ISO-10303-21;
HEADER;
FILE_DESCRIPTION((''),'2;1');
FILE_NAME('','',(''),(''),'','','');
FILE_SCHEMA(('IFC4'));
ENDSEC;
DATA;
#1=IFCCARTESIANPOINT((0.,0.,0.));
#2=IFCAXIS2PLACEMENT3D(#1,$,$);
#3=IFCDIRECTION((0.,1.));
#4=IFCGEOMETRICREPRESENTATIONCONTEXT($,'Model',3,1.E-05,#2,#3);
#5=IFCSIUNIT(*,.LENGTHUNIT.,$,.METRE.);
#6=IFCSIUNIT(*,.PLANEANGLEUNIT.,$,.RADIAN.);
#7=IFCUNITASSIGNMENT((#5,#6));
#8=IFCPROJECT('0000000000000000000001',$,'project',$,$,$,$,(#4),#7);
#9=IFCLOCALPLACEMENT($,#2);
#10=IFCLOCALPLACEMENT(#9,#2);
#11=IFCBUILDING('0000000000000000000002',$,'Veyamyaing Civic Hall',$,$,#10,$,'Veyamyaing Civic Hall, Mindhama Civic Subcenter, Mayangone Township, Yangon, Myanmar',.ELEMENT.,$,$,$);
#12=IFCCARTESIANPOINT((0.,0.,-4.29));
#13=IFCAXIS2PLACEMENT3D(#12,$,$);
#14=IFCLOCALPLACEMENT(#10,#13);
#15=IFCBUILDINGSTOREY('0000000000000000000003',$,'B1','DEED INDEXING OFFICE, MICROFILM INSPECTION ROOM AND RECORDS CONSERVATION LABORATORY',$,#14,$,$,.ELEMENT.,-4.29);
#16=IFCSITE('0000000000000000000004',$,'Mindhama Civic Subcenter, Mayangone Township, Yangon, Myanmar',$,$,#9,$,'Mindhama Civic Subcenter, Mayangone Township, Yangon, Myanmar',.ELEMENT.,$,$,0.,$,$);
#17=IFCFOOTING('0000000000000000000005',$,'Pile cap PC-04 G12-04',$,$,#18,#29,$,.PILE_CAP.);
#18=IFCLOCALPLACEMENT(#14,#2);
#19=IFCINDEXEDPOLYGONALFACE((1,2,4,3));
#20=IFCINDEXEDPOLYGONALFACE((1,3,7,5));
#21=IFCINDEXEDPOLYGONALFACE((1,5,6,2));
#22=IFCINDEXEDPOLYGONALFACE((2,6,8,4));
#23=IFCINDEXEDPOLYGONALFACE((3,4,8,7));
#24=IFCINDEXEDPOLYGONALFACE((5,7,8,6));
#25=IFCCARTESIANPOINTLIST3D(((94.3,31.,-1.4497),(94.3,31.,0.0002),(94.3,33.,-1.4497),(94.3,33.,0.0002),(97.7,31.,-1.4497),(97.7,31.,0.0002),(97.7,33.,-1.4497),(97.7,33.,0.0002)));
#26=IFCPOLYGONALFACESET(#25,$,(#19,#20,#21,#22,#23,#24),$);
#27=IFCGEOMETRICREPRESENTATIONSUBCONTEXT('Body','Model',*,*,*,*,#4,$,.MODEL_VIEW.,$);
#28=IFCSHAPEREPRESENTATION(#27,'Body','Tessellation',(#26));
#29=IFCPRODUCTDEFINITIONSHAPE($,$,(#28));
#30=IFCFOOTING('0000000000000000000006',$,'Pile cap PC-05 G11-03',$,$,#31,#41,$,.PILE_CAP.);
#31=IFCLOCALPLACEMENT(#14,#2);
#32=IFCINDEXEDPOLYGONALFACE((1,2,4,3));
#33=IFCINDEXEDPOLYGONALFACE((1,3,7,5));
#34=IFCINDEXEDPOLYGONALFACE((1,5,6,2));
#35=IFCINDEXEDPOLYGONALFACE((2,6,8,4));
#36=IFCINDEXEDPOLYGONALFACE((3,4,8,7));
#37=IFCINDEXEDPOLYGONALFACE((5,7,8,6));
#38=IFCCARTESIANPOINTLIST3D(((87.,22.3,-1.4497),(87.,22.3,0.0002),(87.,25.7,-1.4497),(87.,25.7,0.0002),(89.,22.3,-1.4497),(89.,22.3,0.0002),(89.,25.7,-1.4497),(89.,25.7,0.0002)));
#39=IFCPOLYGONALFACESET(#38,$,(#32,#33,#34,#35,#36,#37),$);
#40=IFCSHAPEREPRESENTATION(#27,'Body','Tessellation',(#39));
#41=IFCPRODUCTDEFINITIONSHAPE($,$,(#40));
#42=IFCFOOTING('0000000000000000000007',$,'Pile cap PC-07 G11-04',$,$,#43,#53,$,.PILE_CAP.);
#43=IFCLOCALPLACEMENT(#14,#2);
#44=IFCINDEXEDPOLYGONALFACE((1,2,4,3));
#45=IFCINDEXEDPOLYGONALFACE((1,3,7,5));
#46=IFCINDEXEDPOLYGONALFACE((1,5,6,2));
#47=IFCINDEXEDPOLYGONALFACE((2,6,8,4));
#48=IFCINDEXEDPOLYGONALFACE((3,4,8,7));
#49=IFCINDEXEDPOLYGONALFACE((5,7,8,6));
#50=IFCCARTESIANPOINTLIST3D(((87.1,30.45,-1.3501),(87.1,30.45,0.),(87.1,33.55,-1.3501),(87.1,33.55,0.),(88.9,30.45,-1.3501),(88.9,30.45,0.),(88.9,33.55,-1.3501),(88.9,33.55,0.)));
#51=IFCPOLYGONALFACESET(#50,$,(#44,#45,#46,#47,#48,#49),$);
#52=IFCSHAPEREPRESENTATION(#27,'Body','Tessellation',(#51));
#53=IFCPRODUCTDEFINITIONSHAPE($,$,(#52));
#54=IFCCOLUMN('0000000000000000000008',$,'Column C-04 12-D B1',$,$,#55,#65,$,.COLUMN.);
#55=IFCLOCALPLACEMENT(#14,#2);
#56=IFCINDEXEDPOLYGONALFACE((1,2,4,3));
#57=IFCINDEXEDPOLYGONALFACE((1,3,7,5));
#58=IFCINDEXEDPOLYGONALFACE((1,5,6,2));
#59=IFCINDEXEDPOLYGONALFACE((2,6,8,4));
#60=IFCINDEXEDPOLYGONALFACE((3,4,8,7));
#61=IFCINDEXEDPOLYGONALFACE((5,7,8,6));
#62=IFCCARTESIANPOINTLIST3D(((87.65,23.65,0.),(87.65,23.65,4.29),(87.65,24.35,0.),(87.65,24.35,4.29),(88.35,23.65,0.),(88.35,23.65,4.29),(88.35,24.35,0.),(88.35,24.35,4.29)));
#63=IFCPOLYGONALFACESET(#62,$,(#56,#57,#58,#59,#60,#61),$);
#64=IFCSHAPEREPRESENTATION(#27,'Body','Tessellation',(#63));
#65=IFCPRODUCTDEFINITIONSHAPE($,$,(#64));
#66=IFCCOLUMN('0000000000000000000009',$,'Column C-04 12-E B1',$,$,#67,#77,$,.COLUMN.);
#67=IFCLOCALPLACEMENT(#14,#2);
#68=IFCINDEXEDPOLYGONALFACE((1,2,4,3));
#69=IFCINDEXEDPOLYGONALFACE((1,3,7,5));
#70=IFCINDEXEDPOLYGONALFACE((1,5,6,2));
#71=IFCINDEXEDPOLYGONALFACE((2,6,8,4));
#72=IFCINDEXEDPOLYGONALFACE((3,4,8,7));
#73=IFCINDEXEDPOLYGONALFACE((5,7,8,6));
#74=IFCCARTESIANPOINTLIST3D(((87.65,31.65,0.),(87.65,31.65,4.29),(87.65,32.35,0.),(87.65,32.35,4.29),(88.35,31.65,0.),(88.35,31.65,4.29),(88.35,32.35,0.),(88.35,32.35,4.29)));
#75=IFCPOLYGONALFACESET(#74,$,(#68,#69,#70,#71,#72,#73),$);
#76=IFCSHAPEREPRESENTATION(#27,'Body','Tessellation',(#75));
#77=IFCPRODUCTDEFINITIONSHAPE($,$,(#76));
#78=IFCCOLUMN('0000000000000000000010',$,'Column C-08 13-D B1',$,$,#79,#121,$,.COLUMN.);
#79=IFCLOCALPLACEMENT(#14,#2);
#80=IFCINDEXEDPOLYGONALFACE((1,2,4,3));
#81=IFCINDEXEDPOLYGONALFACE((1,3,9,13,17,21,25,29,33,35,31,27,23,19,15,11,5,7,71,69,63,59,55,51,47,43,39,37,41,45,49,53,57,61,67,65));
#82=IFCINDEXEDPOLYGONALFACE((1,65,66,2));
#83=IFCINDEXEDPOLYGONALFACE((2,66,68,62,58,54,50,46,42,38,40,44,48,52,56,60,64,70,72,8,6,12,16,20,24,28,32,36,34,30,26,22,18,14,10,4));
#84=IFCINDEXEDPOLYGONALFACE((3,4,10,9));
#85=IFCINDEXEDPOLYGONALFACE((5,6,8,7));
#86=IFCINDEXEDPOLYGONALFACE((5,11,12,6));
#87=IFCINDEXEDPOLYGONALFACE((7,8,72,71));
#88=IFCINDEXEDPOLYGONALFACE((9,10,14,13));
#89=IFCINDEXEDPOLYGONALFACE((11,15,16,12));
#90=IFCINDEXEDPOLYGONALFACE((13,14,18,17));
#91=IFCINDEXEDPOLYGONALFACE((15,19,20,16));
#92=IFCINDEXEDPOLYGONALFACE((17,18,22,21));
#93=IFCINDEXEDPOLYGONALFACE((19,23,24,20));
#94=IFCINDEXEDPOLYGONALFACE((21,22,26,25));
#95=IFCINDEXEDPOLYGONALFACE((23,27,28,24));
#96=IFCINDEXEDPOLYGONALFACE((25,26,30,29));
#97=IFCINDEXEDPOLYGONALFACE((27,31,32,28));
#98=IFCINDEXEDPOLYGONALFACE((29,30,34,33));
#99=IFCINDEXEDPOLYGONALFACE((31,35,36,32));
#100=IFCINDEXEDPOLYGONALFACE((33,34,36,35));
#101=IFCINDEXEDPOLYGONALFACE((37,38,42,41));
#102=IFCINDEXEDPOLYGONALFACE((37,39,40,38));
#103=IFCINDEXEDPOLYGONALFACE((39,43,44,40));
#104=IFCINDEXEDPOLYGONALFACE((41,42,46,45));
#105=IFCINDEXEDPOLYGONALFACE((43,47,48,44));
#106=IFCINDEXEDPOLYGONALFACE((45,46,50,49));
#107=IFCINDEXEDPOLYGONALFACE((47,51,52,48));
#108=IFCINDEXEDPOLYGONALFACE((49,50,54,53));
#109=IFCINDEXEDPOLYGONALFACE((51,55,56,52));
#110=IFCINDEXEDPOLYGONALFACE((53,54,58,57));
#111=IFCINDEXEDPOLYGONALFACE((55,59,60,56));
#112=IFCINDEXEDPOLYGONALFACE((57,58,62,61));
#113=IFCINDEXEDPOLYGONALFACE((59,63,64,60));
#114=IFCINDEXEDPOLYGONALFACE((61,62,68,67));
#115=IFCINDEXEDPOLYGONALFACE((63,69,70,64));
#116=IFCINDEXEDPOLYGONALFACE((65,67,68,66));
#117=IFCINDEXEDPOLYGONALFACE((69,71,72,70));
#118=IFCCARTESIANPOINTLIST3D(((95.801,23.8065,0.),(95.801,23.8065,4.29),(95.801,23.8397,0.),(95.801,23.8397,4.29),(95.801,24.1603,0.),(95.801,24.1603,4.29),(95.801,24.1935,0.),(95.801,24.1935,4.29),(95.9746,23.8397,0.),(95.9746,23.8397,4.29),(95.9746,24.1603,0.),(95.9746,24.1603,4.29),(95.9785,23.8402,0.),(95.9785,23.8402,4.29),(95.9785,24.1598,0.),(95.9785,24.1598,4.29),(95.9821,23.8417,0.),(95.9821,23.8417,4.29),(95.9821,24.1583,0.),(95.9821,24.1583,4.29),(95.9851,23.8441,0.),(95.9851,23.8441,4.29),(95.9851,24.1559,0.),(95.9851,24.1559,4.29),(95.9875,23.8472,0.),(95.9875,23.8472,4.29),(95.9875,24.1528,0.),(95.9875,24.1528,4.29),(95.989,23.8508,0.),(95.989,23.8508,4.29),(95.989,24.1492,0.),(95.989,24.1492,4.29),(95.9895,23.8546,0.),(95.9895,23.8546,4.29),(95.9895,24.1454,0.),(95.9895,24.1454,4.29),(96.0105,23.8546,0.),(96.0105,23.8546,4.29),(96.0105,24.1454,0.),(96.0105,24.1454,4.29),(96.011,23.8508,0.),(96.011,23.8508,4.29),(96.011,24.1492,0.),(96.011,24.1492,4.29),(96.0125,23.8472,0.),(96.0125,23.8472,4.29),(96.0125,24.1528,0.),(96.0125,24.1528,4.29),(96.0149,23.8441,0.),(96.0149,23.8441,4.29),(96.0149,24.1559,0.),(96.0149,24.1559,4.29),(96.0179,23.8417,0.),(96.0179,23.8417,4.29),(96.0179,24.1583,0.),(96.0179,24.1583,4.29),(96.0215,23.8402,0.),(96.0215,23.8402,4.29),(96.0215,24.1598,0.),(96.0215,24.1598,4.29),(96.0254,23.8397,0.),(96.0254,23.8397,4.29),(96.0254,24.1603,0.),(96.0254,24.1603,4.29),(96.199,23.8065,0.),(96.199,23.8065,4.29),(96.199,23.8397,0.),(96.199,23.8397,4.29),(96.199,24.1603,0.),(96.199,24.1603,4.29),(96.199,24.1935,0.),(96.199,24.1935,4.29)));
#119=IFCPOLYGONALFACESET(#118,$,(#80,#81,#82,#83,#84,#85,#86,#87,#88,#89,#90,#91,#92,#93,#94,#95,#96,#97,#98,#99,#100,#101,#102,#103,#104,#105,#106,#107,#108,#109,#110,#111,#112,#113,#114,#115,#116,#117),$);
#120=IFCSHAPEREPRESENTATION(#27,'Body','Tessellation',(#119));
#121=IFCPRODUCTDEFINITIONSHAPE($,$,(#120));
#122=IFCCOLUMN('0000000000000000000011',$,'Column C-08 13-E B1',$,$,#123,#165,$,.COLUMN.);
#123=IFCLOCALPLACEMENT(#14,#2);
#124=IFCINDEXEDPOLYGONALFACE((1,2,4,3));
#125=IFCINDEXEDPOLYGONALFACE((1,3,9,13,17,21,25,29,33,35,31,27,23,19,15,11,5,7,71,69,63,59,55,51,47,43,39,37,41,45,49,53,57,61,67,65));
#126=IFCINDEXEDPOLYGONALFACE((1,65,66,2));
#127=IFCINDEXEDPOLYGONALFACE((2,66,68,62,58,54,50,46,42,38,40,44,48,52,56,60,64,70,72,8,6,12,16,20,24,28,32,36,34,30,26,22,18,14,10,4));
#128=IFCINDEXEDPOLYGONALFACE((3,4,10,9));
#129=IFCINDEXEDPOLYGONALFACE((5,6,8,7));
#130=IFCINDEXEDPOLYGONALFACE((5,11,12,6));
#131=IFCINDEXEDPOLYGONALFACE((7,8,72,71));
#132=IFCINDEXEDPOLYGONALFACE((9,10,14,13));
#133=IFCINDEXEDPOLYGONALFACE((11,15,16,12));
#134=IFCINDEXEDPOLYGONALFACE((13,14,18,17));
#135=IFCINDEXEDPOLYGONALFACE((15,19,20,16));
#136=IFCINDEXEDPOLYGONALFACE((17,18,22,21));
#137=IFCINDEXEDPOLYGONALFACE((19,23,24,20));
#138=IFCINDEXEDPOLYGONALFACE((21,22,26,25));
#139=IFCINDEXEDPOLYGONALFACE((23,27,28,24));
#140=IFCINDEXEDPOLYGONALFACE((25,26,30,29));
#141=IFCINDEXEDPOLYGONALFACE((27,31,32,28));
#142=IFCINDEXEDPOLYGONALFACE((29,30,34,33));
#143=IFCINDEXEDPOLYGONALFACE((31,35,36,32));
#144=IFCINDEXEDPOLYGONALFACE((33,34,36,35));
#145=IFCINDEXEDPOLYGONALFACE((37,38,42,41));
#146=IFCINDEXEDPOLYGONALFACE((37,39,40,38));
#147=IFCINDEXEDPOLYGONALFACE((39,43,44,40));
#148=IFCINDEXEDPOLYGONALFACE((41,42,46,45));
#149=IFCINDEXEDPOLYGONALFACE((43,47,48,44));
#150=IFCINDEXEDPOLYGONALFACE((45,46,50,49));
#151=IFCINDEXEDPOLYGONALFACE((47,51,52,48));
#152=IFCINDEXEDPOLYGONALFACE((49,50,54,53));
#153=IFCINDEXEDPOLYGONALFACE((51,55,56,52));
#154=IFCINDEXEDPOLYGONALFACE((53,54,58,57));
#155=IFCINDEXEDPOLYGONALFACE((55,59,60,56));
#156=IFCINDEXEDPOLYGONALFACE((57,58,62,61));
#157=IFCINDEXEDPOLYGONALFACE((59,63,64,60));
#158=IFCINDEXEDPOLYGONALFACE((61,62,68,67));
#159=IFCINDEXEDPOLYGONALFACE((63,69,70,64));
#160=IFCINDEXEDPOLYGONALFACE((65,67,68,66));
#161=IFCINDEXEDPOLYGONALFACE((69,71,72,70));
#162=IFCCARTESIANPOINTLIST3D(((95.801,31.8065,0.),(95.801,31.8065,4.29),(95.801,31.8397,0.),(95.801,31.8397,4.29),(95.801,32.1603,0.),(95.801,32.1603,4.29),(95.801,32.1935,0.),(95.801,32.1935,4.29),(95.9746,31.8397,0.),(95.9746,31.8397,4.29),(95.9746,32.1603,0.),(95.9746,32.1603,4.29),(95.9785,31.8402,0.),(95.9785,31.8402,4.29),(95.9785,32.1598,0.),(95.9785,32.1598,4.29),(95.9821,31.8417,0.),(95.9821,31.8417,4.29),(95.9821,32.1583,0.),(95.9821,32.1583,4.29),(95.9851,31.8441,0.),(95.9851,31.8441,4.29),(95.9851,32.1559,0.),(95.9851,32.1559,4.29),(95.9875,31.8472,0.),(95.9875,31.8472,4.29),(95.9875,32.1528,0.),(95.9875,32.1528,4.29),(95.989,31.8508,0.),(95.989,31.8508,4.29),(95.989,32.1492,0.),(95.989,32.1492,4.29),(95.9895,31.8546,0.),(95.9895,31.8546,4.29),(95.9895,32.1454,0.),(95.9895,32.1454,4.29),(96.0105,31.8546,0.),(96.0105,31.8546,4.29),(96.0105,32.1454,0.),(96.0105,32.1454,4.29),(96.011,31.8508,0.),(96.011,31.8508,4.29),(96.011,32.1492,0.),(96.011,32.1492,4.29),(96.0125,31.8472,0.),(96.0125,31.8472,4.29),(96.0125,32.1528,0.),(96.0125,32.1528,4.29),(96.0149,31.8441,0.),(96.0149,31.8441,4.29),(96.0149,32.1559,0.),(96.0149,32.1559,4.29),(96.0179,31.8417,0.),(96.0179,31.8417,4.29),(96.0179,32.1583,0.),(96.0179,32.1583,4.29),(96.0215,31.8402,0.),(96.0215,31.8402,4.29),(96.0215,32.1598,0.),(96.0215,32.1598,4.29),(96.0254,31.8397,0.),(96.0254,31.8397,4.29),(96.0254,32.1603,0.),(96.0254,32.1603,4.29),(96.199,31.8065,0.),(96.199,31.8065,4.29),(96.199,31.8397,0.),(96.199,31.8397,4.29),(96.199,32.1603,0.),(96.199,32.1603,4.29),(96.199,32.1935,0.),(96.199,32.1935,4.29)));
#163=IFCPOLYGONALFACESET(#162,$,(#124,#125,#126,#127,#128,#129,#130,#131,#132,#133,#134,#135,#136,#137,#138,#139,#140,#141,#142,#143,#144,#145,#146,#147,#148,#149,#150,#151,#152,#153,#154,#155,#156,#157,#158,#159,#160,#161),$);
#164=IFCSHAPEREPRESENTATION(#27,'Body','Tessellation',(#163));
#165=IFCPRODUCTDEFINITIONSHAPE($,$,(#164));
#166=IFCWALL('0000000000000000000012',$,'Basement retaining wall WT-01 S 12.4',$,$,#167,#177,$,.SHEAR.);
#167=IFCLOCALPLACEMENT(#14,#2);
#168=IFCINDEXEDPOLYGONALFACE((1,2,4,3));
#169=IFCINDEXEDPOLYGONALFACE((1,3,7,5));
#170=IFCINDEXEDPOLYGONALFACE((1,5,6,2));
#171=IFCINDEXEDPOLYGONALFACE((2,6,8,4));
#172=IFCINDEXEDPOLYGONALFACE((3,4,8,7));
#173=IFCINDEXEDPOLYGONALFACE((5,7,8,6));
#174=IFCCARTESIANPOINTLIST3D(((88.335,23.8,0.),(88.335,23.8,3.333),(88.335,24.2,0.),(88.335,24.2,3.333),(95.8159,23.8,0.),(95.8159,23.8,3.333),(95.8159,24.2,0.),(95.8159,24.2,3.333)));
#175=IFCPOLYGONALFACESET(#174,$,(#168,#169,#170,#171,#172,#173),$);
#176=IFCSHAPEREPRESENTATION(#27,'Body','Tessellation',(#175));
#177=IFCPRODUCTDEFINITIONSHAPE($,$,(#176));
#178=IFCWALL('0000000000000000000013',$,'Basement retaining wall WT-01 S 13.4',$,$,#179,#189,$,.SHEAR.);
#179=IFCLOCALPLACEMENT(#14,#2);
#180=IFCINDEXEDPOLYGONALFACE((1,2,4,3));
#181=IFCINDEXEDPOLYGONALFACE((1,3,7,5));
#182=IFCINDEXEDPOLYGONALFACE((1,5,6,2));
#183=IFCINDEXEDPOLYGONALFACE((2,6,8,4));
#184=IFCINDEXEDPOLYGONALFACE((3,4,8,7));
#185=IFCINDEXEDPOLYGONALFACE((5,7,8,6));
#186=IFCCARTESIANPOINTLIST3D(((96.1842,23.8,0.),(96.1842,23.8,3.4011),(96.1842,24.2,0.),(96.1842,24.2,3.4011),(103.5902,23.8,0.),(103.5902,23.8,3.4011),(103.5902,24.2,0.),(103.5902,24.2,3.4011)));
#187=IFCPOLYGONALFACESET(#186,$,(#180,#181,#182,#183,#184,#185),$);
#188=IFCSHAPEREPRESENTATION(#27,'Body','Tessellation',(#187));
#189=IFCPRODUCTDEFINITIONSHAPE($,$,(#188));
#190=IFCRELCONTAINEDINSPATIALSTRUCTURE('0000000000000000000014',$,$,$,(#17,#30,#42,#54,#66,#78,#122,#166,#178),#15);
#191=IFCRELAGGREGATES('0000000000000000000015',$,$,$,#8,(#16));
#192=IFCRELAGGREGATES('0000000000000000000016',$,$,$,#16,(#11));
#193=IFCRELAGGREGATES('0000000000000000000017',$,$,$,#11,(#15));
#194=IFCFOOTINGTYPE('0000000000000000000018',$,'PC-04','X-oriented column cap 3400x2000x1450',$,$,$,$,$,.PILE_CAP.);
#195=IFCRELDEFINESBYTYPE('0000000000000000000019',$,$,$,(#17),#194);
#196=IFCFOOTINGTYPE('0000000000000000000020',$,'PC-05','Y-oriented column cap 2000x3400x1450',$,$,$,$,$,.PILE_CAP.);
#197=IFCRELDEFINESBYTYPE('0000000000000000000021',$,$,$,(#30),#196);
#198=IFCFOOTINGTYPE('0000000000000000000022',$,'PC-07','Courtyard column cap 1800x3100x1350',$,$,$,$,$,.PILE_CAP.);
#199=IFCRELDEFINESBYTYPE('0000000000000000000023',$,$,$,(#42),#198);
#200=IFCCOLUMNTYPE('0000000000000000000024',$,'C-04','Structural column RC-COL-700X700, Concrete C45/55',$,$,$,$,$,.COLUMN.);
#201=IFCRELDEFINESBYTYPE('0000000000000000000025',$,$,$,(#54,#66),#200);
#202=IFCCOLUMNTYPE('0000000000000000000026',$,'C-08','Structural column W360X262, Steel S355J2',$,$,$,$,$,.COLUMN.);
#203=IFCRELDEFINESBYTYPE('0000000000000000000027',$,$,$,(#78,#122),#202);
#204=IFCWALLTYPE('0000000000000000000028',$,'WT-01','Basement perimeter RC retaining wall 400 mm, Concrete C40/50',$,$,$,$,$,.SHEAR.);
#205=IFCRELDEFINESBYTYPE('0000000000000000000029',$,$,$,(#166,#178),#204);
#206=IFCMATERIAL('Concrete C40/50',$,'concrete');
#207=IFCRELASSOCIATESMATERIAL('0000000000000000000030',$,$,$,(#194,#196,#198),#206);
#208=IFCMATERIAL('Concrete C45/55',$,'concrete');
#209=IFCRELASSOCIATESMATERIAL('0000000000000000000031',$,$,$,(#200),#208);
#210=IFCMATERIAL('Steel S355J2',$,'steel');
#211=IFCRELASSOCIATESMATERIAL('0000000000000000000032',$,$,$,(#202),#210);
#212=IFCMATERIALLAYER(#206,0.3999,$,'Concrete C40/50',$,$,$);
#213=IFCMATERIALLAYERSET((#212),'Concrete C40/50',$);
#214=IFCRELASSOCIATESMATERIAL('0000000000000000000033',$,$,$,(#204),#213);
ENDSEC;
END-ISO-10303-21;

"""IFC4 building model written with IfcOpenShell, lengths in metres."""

from ifc_helpers import new_model, si_unit, direction, frame, frame_2d, origin, origin_2d, place, context, subcontext, project, spatial, rectangle, i_section, extrude, material, layer, layer_set, material_profile, profile_set, type_object, element, save


model = new_model("IFC4")

# Units and contexts
model_context = context("Model", 3, precision=1e-05, world=origin(), true_north=direction((0.0, 1.0)))
body_context = subcontext(model_context, "Body", "Model", "MODEL_VIEW")
ifc_project = project(units=[si_unit("LENGTHUNIT", "METRE"), si_unit("PLANEANGLEUNIT", "RADIAN")], contexts=[model_context])

# Site, building, storey
site_placement = place(None, origin())
site = spatial("IfcSite", under=ifc_project, at=site_placement, Name="Mindhama Civic Subcenter, Mayangone Township, Yangon, Myanmar", LongName="Mindhama Civic Subcenter, Mayangone Township, Yangon, Myanmar", CompositionType="ELEMENT", RefElevation=0.0)
building_placement = place(site_placement, origin())
building = spatial("IfcBuilding", under=site, at=building_placement, Name="Veyamyaing Civic Hall", LongName="Veyamyaing Civic Hall, Mindhama Civic Subcenter, Mayangone Township, Yangon, Myanmar", CompositionType="ELEMENT")
storey_placement = place(building_placement, frame((0.0, 0.0, -4.29)))
storey = spatial("IfcBuildingStorey", under=building, at=storey_placement, Name="B1", Description="DEED INDEXING OFFICE, MICROFILM INSPECTION ROOM AND RECORDS CONSERVATION LABORATORY", CompositionType="ELEMENT", Elevation=-4.29)

# Shared definitions
ifc_material_1 = material(Name="Concrete C40/50", Category="concrete")

# Footings
footing_type_1 = type_object("IfcFootingType", Name="PC-04", Description="X-oriented column cap 3400x2000x1450", PredefinedType="PILE_CAP", material=ifc_material_1)
footing_1_placement = place(storey_placement, frame((96.0, 32.0, -1.4497), z_axis=(0.0, 0.0, 1.0), x_axis=(1.0, 0.0, 0.0)))
element("IfcFooting", 1, at=footing_1_placement, inside=storey, type_object=footing_type_1, Name="Pile cap PC-04 G12-04", PredefinedType="PILE_CAP", context=body_context, shape_type="SweptSolid", body=[
    extrude(rectangle(XDim=3.3999, YDim=2.0, at=origin_2d()), origin(), (0.0, 0.0, 1.0), 1.45),
])
footing_type_2 = type_object("IfcFootingType", Name="PC-05", Description="Y-oriented column cap 2000x3400x1450", PredefinedType="PILE_CAP", material=ifc_material_1)
footing_2_placement = place(storey_placement, frame((88.0, 24.0, -1.4497), z_axis=(0.0, 0.0, 1.0), x_axis=(1.0, 0.0, 0.0)))
element("IfcFooting", 2, at=footing_2_placement, inside=storey, type_object=footing_type_2, Name="Pile cap PC-05 G11-03", PredefinedType="PILE_CAP", context=body_context, shape_type="SweptSolid", body=[
    extrude(rectangle(XDim=2.0, YDim=3.3999, at=origin_2d()), origin(), (0.0, 0.0, 1.0), 1.45),
])
footing_type_3 = type_object("IfcFootingType", Name="PC-07", Description="Courtyard column cap 1800x3100x1350", PredefinedType="PILE_CAP", material=ifc_material_1)
footing_3_placement = place(storey_placement, frame((88.0, 32.0, -1.3501), z_axis=(0.0, 0.0, 1.0), x_axis=(1.0, 0.0, 0.0)))
element("IfcFooting", 3, at=footing_3_placement, inside=storey, type_object=footing_type_3, Name="Pile cap PC-07 G11-04", PredefinedType="PILE_CAP", context=body_context, shape_type="SweptSolid", body=[
    extrude(rectangle(XDim=1.8, YDim=3.1001, at=origin_2d()), origin(), (0.0, 0.0, 1.0), 1.3501),
])

# Columns
ifc_material_2 = material(Name="Concrete C45/55", Category="concrete")
ifc_material_profile_1 = material_profile(ifc_material_2, rectangle(XDim=0.7, YDim=0.7, at=origin_2d()), Name="RC-COL-700X700")
ifc_profile_set_1 = profile_set([ifc_material_profile_1], Name="Concrete C45/55")
column_type_1 = type_object("IfcColumnType", Name="C-04", Description="Structural column RC-COL-700X700, Concrete C45/55", PredefinedType="COLUMN", material=ifc_profile_set_1)
for number, where, z_axis, x_axis, name in (
    (4, (88.0, 24.0, 0.0), (0.0, 0.0, 1.0), (1.0, 0.0, 0.0), "Column C-04 12-D B1"),
    (5, (88.0, 32.0, 0.0), (0.0, 0.0, 1.0), (1.0, 0.0, 0.0), "Column C-04 12-E B1"),
):
    element("IfcColumn", number, at=place(storey_placement, frame(where, z_axis=z_axis, x_axis=x_axis)), inside=storey, type_object=column_type_1, Name=name, PredefinedType="COLUMN", context=body_context, shape_type="SweptSolid", body=[
        extrude(rectangle(XDim=0.7, YDim=0.7, at=origin_2d()), origin(), (0.0, 0.0, 1.0), 4.29),
    ])
ifc_material_3 = material(Name="Steel S355J2", Category="steel")
ifc_material_profile_2 = material_profile(ifc_material_3, i_section(OverallWidth=0.3979, OverallDepth=0.387, WebThickness=0.021, FlangeThickness=0.0332, FilletRadius=0.0149, at=origin_2d()), Name="W360X262")
ifc_profile_set_2 = profile_set([ifc_material_profile_2], Name="Steel S355J2")
column_type_2 = type_object("IfcColumnType", Name="C-08", Description="Structural column W360X262, Steel S355J2", PredefinedType="COLUMN", material=ifc_profile_set_2)
for number, where, z_axis, x_axis, name in (
    (6, (96.0, 24.0, 0.0), (0.0, 0.0, 1.0), (1.0, 0.0, 0.0), "Column C-08 13-D B1"),
    (7, (96.0, 32.0, 0.0), (0.0, 0.0, 1.0), (1.0, 0.0, 0.0), "Column C-08 13-E B1"),
):
    element("IfcColumn", number, at=place(storey_placement, frame(where, z_axis=z_axis, x_axis=x_axis)), inside=storey, type_object=column_type_2, Name=name, PredefinedType="COLUMN", context=body_context, shape_type="SweptSolid", body=[
        extrude(i_section(OverallWidth=0.3979, OverallDepth=0.387, WebThickness=0.021, FlangeThickness=0.0332, FilletRadius=0.0149, at=origin_2d()), origin(), (0.0, 0.0, 1.0), 4.29),
    ])

# Walls
ifc_layer_1 = layer(ifc_material_1, 0.3999, Name="Concrete C40/50")
ifc_layer_set_1 = layer_set([ifc_layer_1], Name="Concrete C40/50")
wall_type_1 = type_object("IfcWallType", Name="WT-01", Description="Basement perimeter RC retaining wall 400 mm, Concrete C40/50", PredefinedType="SHEAR", material=ifc_layer_set_1)
wall_1_placement = place(storey_placement, frame((88.335, 24.0, 0.0), z_axis=(0.0, 0.0, 1.0), x_axis=(1.0, 0.0, 0.0)))
element("IfcWall", 8, at=wall_1_placement, inside=storey, type_object=wall_type_1, Name="Basement retaining wall WT-01 S 12.4", PredefinedType="SHEAR", context=body_context, shape_type="SweptSolid", body=[
    extrude(rectangle(XDim=7.481, YDim=0.3999, at=frame_2d((3.7405, 0.0))), origin(), (0.0, 0.0, 1.0), 3.333),
])
wall_2_placement = place(storey_placement, frame((96.1841, 24.0, 0.0), z_axis=(0.0, 0.0, 1.0), x_axis=(1.0, 0.0, 0.0)))
element("IfcWall", 9, at=wall_2_placement, inside=storey, type_object=wall_type_1, Name="Basement retaining wall WT-01 S 13.4", PredefinedType="SHEAR", context=body_context, shape_type="SweptSolid", body=[
    extrude(rectangle(XDim=7.406, YDim=0.3999, at=frame_2d((3.7031, 0.0))), origin(), (0.0, 0.0, 1.0), 3.4011),
])

save(model, "model.ifc")
